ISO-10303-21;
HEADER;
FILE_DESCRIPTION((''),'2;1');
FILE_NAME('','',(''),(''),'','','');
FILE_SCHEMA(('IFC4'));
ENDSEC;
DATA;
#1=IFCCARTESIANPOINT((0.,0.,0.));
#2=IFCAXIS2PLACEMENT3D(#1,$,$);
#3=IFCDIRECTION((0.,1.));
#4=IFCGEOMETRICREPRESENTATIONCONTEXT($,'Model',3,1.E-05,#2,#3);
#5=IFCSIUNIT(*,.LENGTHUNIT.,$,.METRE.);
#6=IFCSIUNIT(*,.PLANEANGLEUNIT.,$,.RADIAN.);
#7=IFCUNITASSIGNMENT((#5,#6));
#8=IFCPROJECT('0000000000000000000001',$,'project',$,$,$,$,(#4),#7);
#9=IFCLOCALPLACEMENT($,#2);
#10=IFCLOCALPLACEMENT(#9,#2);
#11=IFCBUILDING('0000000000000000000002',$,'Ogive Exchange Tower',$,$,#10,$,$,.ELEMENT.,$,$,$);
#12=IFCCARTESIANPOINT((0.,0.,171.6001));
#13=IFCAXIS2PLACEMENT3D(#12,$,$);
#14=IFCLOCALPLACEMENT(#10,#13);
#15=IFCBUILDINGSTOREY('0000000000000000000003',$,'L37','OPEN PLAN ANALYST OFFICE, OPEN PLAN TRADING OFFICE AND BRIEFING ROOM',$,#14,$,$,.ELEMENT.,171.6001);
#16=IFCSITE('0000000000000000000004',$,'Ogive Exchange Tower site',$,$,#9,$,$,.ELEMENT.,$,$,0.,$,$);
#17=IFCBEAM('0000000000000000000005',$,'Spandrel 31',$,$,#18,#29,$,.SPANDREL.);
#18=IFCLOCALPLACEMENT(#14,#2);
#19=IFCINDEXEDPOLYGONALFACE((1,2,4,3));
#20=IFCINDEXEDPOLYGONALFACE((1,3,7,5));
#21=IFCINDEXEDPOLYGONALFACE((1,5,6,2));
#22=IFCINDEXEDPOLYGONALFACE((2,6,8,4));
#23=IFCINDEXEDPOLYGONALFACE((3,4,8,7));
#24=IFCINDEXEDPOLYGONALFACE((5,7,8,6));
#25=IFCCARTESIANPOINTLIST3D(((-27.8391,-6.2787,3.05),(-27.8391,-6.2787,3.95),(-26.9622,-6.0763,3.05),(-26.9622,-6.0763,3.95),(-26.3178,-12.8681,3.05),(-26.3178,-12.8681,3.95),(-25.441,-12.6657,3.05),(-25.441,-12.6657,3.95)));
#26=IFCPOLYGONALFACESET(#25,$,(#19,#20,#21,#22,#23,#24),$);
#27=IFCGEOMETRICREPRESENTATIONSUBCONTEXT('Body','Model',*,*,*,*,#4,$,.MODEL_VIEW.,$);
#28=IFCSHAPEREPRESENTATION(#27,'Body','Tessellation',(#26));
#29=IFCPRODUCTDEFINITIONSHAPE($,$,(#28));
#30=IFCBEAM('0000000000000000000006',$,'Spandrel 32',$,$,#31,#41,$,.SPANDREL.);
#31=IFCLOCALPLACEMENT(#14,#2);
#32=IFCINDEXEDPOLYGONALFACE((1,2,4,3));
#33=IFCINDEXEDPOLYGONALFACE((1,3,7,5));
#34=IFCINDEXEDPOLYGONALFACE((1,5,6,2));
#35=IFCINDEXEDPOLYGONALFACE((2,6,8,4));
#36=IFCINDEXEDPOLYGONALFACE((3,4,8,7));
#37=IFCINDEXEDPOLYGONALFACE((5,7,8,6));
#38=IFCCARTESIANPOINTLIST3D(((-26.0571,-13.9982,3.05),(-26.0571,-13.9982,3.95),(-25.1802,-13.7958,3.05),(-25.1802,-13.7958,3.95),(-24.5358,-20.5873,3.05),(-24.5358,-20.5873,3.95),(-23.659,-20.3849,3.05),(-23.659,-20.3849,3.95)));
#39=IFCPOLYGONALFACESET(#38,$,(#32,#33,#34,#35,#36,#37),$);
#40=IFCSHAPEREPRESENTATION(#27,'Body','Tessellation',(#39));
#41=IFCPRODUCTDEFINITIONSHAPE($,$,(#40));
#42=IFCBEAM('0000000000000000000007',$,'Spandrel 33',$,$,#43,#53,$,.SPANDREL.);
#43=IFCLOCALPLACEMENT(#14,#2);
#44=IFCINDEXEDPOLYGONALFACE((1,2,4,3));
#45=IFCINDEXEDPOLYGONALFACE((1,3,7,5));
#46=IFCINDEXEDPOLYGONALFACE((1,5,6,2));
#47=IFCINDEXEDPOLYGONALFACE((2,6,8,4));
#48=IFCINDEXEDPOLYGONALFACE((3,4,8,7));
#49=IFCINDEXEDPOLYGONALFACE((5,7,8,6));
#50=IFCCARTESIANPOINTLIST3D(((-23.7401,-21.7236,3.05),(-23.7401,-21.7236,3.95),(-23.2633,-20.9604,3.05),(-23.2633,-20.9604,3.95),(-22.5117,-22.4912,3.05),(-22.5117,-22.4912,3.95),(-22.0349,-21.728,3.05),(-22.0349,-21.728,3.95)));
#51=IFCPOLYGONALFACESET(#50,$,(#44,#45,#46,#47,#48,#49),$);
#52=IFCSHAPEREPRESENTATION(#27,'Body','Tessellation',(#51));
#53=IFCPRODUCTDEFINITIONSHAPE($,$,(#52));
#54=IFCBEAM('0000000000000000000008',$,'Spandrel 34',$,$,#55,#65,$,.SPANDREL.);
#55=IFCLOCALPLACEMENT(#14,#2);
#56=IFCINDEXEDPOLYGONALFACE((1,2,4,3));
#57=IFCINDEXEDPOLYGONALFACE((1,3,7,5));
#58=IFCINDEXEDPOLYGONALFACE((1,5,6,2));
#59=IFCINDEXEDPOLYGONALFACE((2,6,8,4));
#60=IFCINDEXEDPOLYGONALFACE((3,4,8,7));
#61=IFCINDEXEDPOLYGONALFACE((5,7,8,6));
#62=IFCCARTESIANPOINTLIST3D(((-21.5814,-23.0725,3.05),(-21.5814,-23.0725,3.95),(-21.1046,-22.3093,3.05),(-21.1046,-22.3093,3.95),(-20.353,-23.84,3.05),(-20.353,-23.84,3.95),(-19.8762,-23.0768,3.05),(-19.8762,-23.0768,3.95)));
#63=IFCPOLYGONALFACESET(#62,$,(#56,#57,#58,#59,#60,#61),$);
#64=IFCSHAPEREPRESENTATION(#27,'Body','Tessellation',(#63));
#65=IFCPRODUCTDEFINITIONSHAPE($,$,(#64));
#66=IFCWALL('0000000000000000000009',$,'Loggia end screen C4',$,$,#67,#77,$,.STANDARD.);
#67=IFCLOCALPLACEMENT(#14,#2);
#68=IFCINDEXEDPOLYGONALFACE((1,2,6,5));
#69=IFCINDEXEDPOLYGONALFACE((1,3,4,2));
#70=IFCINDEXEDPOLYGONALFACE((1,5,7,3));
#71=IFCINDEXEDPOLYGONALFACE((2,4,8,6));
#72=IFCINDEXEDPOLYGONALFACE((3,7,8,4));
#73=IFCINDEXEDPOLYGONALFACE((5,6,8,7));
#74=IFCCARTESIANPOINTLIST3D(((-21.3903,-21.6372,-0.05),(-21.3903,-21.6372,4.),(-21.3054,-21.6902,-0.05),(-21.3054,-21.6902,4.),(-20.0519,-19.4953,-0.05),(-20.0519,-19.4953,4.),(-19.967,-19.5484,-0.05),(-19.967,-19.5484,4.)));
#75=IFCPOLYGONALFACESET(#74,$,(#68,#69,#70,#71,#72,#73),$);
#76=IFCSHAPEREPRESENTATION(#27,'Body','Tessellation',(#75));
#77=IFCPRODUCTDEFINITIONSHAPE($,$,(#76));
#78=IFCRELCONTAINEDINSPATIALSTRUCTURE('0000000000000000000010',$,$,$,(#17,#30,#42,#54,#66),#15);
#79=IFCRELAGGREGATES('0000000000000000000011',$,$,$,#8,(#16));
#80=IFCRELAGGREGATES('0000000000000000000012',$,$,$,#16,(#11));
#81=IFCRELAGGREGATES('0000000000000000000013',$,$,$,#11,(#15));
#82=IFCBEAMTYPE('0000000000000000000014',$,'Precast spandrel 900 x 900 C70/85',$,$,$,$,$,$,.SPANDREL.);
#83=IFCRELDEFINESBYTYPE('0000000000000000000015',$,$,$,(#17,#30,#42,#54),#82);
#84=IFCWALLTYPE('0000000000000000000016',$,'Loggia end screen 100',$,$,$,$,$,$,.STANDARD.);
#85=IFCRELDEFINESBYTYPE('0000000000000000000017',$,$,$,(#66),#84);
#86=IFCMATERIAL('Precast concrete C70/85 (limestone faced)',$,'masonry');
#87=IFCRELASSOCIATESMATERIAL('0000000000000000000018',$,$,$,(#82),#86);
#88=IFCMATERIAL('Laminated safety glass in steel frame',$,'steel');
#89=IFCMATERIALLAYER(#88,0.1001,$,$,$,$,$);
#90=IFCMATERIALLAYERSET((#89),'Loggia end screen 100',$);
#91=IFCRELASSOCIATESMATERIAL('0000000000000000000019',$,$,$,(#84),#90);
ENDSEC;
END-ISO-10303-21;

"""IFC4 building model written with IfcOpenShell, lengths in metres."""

from ifc_helpers import new_model, si_unit, direction, frame, frame_2d, origin, origin_2d, place, context, subcontext, project, spatial, rectangle, extrude, material, layer, layer_set, material_profile, profile_set, type_object, element, save


model = new_model("IFC4")

# Units and contexts
model_context = context("Model", 3, precision=1e-05, world=origin(), true_north=direction((0.0, 1.0)))
body_context = subcontext(model_context, "Body", "Model", "MODEL_VIEW")
ifc_project = project(units=[si_unit("LENGTHUNIT", "METRE"), si_unit("PLANEANGLEUNIT", "RADIAN")], contexts=[model_context])

# Site, building, storey
site_placement = place(None, origin())
site = spatial("IfcSite", under=ifc_project, at=site_placement, Name="Ogive Exchange Tower site", CompositionType="ELEMENT", RefElevation=0.0)
building_placement = place(site_placement, origin())
building = spatial("IfcBuilding", under=site, at=building_placement, Name="Ogive Exchange Tower", CompositionType="ELEMENT")
storey_placement = place(building_placement, frame((0.0, 0.0, 171.6001)))
storey = spatial("IfcBuildingStorey", under=building, at=storey_placement, Name="L37", Description="OPEN PLAN ANALYST OFFICE, OPEN PLAN TRADING OFFICE AND BRIEFING ROOM", CompositionType="ELEMENT", Elevation=171.6001)

# Shared definitions
ifc_material_1 = material(Name="Precast concrete C70/85 (limestone faced)", Category="masonry")

# Beams
ifc_material_profile_1 = material_profile(ifc_material_1, rectangle(XDim=0.8999, YDim=0.8999, at=origin_2d()), Name="900 x 900")
ifc_profile_set_1 = profile_set([ifc_material_profile_1], Name="Precast concrete C70/85 (limestone faced)")
beam_type_1 = type_object("IfcBeamType", Name="Precast spandrel 900 x 900 C70/85", PredefinedType="SPANDREL", material=ifc_profile_set_1)
beam_1_placement = place(storey_placement, frame((-27.4006, -6.1775, 3.5), z_axis=(0.224947, -0.974371, 0.0), x_axis=(0.974371, 0.224947, 0.0)))
element("IfcBeam", 1, at=beam_1_placement, inside=storey, type_object=beam_type_1, Name="Spandrel 31", PredefinedType="SPANDREL", context=body_context, shape_type="SweptSolid", body=[
    extrude(rectangle(XDim=0.8999, YDim=0.8999, at=origin_2d()), origin(), (0.0, 0.0, 1.0), 6.7627),
])
beam_2_placement = place(storey_placement, frame((-25.6187, -13.897, 3.5), z_axis=(0.224954, -0.974369, 0.0), x_axis=(0.974369, 0.224954, 0.0)))
element("IfcBeam", 2, at=beam_2_placement, inside=storey, type_object=beam_type_1, Name="Spandrel 32", PredefinedType="SPANDREL", context=body_context, shape_type="SweptSolid", body=[
    extrude(rectangle(XDim=0.8999, YDim=0.8999, at=origin_2d()), origin(), (0.0, 0.0, 1.0), 6.7625),
])
for number, where, z_axis, x_axis, name in (
    (3, (-23.5017, -21.342, 3.5), (0.848074, -0.529878, 0.0), (0.529878, 0.848074, 0.0), "Spandrel 33"),
    (4, (-21.343, -22.6909, 3.5), (0.848074, -0.529878, 0.0), (0.529878, 0.848074, 0.0), "Spandrel 34"),
):
    element("IfcBeam", number, at=place(storey_placement, frame(where, z_axis=z_axis, x_axis=x_axis)), inside=storey, type_object=beam_type_1, Name=name, PredefinedType="SPANDREL", context=body_context, shape_type="SweptSolid", body=[
        extrude(rectangle(XDim=0.8999, YDim=0.8999, at=origin_2d()), origin(), (0.0, 0.0, 1.0), 1.4485),
    ])

# Wall
ifc_material_2 = material(Name="Laminated safety glass in steel frame", Category="steel")
ifc_layer = layer(ifc_material_2, 0.1001)
ifc_layer_set = layer_set([ifc_layer], Name="Loggia end screen 100")
wall_type = type_object("IfcWallType", Name="Loggia end screen 100", PredefinedType="STANDARD", material=ifc_layer_set)
wall_placement = place(storey_placement, frame((-20.0095, -19.522, -0.05), z_axis=(0.0, 0.0, 1.0), x_axis=(-0.529921, -0.848047, 0.0)))
element("IfcWall", 5, at=wall_placement, inside=storey, type_object=wall_type, Name="Loggia end screen C4", PredefinedType="STANDARD", context=body_context, shape_type="SweptSolid", body=[
    extrude(rectangle(XDim=2.5256, YDim=0.1001, at=frame_2d((1.2627, 0.0))), origin(), (0.0, 0.0, 1.0), 4.05),
])

save(model, "model.ifc")
